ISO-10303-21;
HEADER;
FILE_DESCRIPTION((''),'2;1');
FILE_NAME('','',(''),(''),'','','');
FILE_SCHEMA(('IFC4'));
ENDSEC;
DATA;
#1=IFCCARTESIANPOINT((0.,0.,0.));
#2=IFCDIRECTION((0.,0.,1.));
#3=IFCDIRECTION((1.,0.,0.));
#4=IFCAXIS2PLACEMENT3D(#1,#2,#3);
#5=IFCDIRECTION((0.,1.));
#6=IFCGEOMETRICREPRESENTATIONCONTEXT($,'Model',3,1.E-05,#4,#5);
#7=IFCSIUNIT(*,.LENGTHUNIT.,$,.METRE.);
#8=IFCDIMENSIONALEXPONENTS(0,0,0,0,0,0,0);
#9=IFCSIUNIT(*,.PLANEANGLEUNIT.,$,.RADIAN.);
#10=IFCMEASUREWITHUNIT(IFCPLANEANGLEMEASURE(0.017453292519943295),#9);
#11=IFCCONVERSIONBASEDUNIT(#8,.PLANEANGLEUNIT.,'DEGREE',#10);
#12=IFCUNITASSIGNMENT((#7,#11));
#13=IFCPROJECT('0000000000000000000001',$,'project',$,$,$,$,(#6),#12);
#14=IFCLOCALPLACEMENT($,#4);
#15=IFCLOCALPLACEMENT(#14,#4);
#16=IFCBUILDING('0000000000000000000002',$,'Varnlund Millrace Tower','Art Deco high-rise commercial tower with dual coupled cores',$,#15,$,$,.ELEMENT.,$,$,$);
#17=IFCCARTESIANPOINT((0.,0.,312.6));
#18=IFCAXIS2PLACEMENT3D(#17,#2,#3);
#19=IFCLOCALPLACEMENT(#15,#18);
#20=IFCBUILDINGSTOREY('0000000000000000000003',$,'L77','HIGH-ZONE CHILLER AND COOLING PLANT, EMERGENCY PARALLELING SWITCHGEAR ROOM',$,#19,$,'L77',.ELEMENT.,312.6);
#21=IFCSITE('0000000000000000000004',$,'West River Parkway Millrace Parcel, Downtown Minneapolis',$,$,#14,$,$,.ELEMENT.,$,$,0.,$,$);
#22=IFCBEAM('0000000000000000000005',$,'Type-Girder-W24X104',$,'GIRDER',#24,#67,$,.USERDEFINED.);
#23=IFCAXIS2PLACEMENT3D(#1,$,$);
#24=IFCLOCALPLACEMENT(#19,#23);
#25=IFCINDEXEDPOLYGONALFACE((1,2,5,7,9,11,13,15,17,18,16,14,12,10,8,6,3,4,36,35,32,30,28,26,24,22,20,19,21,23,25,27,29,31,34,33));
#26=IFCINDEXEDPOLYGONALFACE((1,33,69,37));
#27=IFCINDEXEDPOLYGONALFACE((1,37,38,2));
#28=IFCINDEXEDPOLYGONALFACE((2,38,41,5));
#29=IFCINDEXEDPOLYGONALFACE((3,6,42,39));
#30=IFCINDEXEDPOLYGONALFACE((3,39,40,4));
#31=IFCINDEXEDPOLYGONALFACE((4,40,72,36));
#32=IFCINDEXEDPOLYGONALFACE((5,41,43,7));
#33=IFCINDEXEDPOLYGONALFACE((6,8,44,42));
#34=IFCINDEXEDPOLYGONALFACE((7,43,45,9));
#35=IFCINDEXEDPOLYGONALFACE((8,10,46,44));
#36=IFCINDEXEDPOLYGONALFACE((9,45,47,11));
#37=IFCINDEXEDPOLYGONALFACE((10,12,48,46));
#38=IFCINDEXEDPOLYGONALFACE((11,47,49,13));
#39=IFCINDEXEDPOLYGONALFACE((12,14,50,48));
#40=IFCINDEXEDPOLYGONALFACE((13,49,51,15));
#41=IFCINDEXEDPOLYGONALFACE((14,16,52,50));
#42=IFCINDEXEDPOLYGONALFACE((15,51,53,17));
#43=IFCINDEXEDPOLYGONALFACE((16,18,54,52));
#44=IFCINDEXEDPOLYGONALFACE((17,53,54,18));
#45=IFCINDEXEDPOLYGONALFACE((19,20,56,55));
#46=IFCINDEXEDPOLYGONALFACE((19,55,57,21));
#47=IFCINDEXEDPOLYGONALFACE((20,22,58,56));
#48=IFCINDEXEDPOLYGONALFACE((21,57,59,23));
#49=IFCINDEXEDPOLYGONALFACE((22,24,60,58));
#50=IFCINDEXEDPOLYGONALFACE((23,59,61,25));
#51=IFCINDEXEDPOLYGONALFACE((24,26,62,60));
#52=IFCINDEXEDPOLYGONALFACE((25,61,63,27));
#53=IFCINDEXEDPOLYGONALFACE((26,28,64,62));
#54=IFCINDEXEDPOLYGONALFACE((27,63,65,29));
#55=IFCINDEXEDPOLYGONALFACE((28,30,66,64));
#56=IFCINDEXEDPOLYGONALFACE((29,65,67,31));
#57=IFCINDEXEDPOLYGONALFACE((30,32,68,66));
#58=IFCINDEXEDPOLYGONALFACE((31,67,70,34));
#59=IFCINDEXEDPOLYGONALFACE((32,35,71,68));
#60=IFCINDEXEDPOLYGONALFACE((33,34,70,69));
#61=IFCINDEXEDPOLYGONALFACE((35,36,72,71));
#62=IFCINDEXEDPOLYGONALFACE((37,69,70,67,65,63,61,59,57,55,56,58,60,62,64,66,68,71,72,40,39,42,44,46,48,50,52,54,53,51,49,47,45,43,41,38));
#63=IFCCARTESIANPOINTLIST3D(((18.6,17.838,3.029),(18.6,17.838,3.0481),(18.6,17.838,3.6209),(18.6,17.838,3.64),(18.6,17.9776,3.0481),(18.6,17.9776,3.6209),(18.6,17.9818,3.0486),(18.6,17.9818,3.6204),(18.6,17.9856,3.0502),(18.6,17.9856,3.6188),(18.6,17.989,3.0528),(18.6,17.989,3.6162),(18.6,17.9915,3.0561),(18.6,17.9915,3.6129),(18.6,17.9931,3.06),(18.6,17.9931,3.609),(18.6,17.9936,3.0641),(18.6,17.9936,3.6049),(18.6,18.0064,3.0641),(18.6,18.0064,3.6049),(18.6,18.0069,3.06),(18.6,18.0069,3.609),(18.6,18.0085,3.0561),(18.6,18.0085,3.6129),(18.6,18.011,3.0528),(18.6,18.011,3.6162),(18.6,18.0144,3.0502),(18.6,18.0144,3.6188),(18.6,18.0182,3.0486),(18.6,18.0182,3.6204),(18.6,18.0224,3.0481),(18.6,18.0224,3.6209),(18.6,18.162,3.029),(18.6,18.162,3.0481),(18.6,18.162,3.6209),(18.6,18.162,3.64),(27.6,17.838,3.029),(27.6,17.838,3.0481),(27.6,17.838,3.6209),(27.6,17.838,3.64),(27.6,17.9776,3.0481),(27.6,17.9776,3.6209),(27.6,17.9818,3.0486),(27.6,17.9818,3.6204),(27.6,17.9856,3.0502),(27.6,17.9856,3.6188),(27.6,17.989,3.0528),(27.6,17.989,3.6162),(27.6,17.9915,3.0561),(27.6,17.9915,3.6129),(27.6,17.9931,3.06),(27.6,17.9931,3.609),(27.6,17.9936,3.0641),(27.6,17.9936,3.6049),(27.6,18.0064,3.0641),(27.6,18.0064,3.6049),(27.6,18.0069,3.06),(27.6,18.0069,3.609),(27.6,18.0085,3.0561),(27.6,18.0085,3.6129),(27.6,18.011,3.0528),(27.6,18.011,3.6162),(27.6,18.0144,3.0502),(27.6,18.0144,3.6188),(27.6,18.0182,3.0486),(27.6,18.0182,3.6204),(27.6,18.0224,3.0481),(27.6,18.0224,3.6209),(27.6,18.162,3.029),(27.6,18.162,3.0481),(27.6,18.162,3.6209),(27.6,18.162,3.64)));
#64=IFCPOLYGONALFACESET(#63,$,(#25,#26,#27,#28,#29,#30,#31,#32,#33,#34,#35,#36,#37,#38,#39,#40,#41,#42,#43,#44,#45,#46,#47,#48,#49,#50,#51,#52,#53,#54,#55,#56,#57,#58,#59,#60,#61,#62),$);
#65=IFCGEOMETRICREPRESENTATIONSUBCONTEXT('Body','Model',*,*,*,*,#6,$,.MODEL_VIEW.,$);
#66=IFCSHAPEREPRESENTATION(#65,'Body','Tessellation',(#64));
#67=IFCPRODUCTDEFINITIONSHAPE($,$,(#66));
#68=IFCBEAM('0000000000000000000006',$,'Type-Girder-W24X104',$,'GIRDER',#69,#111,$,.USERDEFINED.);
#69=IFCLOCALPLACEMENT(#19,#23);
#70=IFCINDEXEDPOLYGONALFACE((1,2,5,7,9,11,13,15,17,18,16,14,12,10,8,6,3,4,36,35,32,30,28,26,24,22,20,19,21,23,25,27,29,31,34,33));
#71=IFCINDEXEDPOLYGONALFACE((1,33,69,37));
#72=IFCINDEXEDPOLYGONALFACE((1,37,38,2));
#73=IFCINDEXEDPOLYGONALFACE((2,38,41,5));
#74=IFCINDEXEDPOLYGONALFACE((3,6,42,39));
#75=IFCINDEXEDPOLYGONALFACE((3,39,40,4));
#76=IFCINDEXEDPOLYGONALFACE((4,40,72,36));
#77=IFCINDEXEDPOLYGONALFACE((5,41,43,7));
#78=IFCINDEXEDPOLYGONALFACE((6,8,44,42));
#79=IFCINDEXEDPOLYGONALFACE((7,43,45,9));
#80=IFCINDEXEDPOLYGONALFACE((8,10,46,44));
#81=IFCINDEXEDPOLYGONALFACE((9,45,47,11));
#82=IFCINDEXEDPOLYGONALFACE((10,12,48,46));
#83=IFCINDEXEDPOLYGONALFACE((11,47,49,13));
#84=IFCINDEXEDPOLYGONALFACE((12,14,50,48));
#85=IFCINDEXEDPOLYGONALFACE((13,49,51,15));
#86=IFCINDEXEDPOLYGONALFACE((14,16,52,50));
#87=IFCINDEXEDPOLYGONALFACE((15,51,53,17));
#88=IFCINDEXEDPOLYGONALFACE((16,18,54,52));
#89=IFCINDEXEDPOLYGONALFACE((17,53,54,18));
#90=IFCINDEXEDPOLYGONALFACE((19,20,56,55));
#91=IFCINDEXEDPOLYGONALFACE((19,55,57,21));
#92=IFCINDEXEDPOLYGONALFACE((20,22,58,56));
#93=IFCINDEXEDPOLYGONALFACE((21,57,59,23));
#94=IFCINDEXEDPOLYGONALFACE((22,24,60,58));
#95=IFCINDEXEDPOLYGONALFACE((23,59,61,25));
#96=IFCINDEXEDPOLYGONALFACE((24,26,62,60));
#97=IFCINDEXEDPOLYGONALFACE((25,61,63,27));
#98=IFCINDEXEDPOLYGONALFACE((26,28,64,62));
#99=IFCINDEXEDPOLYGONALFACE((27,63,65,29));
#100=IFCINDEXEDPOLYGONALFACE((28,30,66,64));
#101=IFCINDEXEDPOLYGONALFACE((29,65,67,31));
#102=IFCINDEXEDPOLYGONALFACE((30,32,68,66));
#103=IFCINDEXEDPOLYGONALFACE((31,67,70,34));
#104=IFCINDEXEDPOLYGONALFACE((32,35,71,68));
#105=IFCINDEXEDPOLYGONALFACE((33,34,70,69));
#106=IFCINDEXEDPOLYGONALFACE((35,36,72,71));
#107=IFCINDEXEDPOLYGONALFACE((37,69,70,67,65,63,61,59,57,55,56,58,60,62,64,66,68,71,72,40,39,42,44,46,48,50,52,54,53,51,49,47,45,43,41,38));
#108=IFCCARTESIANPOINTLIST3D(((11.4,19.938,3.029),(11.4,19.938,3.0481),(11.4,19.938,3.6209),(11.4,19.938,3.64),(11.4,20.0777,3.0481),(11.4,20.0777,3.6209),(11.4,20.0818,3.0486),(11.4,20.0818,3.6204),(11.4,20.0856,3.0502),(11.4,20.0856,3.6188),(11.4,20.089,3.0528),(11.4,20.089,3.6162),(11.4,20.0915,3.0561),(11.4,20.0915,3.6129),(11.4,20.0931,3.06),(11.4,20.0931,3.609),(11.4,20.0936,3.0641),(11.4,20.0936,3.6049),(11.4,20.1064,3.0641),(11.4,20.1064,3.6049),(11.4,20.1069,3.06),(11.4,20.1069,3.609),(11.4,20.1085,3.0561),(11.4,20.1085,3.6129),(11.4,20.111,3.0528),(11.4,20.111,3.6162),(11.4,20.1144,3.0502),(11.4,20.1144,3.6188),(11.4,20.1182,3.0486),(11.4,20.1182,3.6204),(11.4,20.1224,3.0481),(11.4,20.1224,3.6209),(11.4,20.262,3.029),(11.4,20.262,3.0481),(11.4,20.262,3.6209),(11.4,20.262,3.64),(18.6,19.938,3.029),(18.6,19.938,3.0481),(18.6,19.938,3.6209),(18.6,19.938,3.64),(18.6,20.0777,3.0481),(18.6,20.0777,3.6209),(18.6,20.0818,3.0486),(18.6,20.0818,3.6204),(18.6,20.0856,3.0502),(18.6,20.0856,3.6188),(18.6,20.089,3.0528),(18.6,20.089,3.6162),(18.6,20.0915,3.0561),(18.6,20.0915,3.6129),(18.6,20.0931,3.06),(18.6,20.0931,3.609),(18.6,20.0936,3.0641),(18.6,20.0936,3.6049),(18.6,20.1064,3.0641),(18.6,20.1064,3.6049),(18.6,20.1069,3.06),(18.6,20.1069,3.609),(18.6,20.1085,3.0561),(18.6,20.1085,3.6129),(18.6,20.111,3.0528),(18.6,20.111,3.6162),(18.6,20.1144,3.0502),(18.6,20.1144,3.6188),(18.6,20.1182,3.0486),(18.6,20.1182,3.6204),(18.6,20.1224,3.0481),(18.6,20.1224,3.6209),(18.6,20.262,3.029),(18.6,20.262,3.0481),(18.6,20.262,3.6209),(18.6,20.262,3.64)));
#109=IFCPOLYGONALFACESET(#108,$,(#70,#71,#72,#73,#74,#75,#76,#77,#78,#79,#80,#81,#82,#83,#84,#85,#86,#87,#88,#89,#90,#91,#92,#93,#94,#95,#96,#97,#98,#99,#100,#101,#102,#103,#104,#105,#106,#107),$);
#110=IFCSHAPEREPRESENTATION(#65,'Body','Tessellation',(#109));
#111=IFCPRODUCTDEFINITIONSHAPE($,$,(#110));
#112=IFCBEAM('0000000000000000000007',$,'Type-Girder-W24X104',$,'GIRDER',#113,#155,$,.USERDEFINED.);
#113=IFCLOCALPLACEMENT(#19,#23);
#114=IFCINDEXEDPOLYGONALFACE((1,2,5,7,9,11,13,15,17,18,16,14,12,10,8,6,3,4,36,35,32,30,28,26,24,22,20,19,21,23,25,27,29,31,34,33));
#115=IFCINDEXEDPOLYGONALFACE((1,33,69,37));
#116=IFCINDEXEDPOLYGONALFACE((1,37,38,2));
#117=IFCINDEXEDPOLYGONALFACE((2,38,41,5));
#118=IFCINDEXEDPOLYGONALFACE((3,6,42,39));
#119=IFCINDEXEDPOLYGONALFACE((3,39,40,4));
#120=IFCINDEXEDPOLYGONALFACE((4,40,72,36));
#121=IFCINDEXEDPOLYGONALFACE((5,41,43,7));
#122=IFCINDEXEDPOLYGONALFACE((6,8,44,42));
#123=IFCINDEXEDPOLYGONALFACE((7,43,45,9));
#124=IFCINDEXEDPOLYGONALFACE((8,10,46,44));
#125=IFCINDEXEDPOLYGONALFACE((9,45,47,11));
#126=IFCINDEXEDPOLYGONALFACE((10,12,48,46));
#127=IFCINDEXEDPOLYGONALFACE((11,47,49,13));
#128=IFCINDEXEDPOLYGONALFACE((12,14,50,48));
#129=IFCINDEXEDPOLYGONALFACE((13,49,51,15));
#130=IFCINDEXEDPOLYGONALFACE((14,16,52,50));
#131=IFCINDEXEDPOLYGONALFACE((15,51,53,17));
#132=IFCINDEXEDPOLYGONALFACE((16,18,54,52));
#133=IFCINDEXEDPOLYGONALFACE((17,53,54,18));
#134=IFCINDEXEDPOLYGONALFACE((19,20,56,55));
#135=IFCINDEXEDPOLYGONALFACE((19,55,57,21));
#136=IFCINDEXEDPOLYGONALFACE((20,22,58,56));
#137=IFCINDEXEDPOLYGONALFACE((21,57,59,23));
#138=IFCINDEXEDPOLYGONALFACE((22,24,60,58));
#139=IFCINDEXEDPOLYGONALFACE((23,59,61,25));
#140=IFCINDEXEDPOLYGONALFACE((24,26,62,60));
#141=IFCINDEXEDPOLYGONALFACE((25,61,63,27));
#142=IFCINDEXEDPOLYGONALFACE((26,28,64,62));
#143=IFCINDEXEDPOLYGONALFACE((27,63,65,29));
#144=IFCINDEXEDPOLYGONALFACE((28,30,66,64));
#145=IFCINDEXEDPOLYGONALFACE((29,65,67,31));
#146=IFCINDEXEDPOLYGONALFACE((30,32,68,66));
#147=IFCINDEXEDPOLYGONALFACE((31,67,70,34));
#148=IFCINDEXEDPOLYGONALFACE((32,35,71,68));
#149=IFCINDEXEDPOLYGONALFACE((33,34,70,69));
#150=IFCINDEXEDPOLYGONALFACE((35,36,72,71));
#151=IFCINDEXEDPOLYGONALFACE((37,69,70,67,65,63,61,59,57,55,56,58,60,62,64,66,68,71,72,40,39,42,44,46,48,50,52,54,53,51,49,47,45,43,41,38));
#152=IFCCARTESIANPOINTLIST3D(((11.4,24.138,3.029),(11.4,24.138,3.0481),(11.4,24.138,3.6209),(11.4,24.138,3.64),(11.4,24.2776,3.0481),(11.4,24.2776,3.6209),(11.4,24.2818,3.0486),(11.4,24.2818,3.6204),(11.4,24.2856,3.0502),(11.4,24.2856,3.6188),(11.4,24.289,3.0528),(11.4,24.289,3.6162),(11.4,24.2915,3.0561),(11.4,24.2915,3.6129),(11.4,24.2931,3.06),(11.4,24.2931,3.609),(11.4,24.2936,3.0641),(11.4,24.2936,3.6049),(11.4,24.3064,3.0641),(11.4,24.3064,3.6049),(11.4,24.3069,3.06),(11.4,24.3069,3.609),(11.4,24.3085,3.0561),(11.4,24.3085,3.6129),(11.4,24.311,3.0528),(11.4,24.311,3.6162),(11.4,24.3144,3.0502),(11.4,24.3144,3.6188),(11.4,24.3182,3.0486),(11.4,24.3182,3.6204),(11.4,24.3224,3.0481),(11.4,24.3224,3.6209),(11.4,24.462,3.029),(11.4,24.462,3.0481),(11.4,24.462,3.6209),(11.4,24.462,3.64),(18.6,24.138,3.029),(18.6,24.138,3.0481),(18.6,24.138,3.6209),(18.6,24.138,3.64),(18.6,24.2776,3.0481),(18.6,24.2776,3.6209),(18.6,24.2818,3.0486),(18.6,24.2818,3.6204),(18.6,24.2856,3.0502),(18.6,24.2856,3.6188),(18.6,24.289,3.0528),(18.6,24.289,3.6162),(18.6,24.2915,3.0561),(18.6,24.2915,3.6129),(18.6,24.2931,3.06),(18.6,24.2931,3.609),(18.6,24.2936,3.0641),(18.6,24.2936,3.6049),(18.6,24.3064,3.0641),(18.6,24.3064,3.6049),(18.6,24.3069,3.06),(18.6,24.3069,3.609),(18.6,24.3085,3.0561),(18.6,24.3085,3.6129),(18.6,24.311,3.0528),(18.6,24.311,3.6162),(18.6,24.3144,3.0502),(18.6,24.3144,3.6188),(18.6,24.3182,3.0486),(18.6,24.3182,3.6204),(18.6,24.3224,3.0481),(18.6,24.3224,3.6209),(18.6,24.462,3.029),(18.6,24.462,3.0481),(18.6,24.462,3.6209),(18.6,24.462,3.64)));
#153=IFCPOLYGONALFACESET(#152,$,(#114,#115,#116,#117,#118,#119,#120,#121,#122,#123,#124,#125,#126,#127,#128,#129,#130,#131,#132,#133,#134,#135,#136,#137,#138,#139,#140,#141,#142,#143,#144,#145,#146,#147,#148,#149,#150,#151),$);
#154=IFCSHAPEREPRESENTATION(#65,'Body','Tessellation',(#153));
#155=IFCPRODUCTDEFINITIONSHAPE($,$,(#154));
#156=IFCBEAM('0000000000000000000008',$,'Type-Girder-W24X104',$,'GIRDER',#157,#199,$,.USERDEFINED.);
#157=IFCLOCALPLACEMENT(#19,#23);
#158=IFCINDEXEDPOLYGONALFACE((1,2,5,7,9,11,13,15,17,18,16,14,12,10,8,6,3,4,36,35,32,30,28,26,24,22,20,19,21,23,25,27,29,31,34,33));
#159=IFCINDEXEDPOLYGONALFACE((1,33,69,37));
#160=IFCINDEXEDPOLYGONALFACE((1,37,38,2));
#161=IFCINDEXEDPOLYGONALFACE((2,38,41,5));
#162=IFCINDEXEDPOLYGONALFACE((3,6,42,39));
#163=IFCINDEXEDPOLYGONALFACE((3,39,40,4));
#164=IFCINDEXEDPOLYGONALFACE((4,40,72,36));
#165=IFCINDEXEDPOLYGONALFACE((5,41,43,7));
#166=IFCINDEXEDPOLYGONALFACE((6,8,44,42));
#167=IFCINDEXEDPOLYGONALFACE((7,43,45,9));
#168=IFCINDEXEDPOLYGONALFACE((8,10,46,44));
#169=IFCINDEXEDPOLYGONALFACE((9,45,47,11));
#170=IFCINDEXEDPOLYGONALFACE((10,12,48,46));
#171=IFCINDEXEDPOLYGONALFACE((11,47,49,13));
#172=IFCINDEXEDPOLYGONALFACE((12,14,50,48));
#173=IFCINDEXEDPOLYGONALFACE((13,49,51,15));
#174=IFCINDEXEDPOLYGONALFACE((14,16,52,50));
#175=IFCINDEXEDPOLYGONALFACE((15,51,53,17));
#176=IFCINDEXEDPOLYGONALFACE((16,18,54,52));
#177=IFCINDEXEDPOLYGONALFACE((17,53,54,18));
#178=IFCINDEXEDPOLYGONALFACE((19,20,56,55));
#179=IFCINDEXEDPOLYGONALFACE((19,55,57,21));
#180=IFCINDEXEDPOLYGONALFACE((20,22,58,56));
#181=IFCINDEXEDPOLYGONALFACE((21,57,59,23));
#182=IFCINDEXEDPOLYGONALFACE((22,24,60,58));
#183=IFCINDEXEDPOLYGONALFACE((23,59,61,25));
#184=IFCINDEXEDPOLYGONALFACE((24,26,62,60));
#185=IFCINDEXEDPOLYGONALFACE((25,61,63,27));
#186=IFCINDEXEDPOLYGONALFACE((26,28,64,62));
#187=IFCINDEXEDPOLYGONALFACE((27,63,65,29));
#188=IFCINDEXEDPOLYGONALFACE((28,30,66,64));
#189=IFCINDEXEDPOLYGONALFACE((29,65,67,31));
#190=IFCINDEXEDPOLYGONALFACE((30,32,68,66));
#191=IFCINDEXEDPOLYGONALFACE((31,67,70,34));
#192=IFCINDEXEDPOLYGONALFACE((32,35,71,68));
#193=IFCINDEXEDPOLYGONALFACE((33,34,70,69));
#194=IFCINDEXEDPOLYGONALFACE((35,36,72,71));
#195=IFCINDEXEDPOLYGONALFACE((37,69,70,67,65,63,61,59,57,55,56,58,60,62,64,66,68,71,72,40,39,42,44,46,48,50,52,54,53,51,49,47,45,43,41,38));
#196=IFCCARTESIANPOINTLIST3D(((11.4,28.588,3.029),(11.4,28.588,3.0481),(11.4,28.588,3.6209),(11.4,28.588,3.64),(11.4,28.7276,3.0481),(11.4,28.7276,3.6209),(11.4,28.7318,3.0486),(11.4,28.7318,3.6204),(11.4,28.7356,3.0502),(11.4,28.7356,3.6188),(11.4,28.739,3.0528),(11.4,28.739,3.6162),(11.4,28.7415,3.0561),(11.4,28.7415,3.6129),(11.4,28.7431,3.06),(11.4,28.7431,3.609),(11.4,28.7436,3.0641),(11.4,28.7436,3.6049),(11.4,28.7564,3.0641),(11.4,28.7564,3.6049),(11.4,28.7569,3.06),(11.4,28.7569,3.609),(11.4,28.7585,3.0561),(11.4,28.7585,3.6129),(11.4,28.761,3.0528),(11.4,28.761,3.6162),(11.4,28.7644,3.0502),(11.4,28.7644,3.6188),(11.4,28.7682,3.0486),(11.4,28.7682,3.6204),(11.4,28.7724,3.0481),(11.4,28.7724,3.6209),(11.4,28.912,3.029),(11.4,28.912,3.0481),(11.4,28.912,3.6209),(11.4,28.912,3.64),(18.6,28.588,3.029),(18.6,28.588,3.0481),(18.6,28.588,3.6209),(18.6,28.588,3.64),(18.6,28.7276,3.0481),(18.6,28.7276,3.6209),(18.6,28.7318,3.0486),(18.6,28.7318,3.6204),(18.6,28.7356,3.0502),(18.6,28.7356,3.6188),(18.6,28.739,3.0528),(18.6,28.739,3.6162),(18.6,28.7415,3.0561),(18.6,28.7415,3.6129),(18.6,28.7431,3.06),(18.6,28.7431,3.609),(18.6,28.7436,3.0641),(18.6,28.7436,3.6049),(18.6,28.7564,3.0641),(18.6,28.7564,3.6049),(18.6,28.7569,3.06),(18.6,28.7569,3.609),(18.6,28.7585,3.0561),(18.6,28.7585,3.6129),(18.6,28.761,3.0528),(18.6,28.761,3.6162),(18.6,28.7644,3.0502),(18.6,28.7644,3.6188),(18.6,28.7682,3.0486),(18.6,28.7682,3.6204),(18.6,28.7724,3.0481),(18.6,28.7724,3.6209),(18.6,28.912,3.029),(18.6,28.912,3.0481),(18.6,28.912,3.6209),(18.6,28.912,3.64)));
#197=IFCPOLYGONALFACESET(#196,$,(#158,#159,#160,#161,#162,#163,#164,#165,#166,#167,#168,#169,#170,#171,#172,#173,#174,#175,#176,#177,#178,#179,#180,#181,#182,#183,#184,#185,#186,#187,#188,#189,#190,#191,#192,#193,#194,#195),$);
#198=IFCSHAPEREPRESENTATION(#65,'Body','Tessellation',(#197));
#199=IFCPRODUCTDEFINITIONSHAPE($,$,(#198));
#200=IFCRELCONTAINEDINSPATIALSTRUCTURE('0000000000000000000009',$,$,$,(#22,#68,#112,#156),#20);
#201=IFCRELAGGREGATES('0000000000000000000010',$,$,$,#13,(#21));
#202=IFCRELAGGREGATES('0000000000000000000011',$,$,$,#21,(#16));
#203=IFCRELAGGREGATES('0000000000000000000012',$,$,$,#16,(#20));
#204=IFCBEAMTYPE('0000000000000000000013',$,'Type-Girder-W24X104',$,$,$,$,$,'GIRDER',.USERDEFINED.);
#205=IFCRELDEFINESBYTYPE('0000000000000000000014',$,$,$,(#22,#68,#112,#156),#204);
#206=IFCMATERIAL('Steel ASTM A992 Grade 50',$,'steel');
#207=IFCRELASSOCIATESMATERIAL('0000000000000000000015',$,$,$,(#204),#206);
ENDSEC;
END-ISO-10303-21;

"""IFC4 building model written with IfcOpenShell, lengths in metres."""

from ifc_helpers import new_model, entity, si_unit, converted_unit, direction, frame, origin_with_axes, origin_2d_with_axis, place, context, subcontext, project, spatial, i_section, extrude, material, material_profile, profile_set, type_object, element, save


model = new_model("IFC4")

# Units and contexts
model_context = context("Model", 3, precision=1e-05, world=origin_with_axes(), true_north=direction((0.0, 1.0)))
body_context = subcontext(model_context, "Body", "Model", "MODEL_VIEW")
ifc_project = project(units=[si_unit("LENGTHUNIT", "METRE"), converted_unit("PLANEANGLEUNIT", "DEGREE", entity("IfcPlaneAngleMeasure", 0.017453292519943295), si_unit("PLANEANGLEUNIT", "RADIAN"), dimensions=[0, 0, 0, 0, 0, 0, 0])], contexts=[model_context])

# Site, building, storey
site_placement = place(None, origin_with_axes())
site = spatial("IfcSite", under=ifc_project, at=site_placement, Name="West River Parkway Millrace Parcel, Downtown Minneapolis", CompositionType="ELEMENT", RefElevation=0.0)
building_placement = place(site_placement, origin_with_axes())
building = spatial("IfcBuilding", under=site, at=building_placement, Name="Varnlund Millrace Tower", Description="Art Deco high-rise commercial tower with dual coupled cores", CompositionType="ELEMENT")
storey_placement = place(building_placement, frame((0.0, 0.0, 312.6), z_axis=(0.0, 0.0, 1.0), x_axis=(1.0, 0.0, 0.0)))
storey = spatial("IfcBuildingStorey", under=building, at=storey_placement, Name="L77", Description="HIGH-ZONE CHILLER AND COOLING PLANT, EMERGENCY PARALLELING SWITCHGEAR ROOM", LongName="L77", CompositionType="ELEMENT", Elevation=312.6)

# Shared definitions
ifc_material_1 = material(Name="Steel ASTM A992 Grade 50", Category="steel")

# Beams
ifc_material_profile_1 = material_profile(ifc_material_1, i_section(OverallWidth=0.324, OverallDepth=0.611, WebThickness=0.0127, FlangeThickness=0.0191, FilletRadius=0.016, at=origin_2d_with_axis()), Name="Steel ASTM A992 Grade 50")
ifc_profile_set_1 = profile_set([ifc_material_profile_1], Name="Steel ASTM A992 Grade 50")
beam_type_1 = type_object("IfcBeamType", Name="Type-Girder-W24X104", ElementType="GIRDER", PredefinedType="USERDEFINED", material=ifc_profile_set_1)
for number, where, z_axis, x_axis, name in (
    (1, (18.6, 18.0, 3.3345), (1.0, 0.0, 0.0), (0.0, 1.0, 0.0), "Type-Girder-W24X104"),
):
    element("IfcBeam", number, at=place(storey_placement, frame(where, z_axis=z_axis, x_axis=x_axis)), inside=storey, type_object=beam_type_1, Name=name, ObjectType="GIRDER", PredefinedType="USERDEFINED", context=body_context, shape_type="SweptSolid", body=[
        extrude(i_section(OverallWidth=0.324, OverallDepth=0.611, WebThickness=0.0127, FlangeThickness=0.0191, FilletRadius=0.016, at=origin_2d_with_axis()), origin_with_axes(), (0.0, 0.0, 1.0), 9.0),
    ])
for number, where, z_axis, x_axis, name in (
    (2, (11.4, 20.1, 3.3345), (1.0, 0.0, 0.0), (0.0, 1.0, 0.0), "Type-Girder-W24X104"),
    (3, (11.4, 24.3, 3.3345), (1.0, 0.0, 0.0), (0.0, 1.0, 0.0), "Type-Girder-W24X104"),
    (4, (11.4, 28.75, 3.3345), (1.0, 0.0, 0.0), (0.0, 1.0, 0.0), "Type-Girder-W24X104"),
):
    element("IfcBeam", number, at=place(storey_placement, frame(where, z_axis=z_axis, x_axis=x_axis)), inside=storey, type_object=beam_type_1, Name=name, ObjectType="GIRDER", PredefinedType="USERDEFINED", context=body_context, shape_type="SweptSolid", body=[
        extrude(i_section(OverallWidth=0.324, OverallDepth=0.611, WebThickness=0.0127, FlangeThickness=0.0191, FilletRadius=0.016, at=origin_2d_with_axis()), origin_with_axes(), (0.0, 0.0, 1.0), 7.2),
    ])

save(model, "model.ifc")
